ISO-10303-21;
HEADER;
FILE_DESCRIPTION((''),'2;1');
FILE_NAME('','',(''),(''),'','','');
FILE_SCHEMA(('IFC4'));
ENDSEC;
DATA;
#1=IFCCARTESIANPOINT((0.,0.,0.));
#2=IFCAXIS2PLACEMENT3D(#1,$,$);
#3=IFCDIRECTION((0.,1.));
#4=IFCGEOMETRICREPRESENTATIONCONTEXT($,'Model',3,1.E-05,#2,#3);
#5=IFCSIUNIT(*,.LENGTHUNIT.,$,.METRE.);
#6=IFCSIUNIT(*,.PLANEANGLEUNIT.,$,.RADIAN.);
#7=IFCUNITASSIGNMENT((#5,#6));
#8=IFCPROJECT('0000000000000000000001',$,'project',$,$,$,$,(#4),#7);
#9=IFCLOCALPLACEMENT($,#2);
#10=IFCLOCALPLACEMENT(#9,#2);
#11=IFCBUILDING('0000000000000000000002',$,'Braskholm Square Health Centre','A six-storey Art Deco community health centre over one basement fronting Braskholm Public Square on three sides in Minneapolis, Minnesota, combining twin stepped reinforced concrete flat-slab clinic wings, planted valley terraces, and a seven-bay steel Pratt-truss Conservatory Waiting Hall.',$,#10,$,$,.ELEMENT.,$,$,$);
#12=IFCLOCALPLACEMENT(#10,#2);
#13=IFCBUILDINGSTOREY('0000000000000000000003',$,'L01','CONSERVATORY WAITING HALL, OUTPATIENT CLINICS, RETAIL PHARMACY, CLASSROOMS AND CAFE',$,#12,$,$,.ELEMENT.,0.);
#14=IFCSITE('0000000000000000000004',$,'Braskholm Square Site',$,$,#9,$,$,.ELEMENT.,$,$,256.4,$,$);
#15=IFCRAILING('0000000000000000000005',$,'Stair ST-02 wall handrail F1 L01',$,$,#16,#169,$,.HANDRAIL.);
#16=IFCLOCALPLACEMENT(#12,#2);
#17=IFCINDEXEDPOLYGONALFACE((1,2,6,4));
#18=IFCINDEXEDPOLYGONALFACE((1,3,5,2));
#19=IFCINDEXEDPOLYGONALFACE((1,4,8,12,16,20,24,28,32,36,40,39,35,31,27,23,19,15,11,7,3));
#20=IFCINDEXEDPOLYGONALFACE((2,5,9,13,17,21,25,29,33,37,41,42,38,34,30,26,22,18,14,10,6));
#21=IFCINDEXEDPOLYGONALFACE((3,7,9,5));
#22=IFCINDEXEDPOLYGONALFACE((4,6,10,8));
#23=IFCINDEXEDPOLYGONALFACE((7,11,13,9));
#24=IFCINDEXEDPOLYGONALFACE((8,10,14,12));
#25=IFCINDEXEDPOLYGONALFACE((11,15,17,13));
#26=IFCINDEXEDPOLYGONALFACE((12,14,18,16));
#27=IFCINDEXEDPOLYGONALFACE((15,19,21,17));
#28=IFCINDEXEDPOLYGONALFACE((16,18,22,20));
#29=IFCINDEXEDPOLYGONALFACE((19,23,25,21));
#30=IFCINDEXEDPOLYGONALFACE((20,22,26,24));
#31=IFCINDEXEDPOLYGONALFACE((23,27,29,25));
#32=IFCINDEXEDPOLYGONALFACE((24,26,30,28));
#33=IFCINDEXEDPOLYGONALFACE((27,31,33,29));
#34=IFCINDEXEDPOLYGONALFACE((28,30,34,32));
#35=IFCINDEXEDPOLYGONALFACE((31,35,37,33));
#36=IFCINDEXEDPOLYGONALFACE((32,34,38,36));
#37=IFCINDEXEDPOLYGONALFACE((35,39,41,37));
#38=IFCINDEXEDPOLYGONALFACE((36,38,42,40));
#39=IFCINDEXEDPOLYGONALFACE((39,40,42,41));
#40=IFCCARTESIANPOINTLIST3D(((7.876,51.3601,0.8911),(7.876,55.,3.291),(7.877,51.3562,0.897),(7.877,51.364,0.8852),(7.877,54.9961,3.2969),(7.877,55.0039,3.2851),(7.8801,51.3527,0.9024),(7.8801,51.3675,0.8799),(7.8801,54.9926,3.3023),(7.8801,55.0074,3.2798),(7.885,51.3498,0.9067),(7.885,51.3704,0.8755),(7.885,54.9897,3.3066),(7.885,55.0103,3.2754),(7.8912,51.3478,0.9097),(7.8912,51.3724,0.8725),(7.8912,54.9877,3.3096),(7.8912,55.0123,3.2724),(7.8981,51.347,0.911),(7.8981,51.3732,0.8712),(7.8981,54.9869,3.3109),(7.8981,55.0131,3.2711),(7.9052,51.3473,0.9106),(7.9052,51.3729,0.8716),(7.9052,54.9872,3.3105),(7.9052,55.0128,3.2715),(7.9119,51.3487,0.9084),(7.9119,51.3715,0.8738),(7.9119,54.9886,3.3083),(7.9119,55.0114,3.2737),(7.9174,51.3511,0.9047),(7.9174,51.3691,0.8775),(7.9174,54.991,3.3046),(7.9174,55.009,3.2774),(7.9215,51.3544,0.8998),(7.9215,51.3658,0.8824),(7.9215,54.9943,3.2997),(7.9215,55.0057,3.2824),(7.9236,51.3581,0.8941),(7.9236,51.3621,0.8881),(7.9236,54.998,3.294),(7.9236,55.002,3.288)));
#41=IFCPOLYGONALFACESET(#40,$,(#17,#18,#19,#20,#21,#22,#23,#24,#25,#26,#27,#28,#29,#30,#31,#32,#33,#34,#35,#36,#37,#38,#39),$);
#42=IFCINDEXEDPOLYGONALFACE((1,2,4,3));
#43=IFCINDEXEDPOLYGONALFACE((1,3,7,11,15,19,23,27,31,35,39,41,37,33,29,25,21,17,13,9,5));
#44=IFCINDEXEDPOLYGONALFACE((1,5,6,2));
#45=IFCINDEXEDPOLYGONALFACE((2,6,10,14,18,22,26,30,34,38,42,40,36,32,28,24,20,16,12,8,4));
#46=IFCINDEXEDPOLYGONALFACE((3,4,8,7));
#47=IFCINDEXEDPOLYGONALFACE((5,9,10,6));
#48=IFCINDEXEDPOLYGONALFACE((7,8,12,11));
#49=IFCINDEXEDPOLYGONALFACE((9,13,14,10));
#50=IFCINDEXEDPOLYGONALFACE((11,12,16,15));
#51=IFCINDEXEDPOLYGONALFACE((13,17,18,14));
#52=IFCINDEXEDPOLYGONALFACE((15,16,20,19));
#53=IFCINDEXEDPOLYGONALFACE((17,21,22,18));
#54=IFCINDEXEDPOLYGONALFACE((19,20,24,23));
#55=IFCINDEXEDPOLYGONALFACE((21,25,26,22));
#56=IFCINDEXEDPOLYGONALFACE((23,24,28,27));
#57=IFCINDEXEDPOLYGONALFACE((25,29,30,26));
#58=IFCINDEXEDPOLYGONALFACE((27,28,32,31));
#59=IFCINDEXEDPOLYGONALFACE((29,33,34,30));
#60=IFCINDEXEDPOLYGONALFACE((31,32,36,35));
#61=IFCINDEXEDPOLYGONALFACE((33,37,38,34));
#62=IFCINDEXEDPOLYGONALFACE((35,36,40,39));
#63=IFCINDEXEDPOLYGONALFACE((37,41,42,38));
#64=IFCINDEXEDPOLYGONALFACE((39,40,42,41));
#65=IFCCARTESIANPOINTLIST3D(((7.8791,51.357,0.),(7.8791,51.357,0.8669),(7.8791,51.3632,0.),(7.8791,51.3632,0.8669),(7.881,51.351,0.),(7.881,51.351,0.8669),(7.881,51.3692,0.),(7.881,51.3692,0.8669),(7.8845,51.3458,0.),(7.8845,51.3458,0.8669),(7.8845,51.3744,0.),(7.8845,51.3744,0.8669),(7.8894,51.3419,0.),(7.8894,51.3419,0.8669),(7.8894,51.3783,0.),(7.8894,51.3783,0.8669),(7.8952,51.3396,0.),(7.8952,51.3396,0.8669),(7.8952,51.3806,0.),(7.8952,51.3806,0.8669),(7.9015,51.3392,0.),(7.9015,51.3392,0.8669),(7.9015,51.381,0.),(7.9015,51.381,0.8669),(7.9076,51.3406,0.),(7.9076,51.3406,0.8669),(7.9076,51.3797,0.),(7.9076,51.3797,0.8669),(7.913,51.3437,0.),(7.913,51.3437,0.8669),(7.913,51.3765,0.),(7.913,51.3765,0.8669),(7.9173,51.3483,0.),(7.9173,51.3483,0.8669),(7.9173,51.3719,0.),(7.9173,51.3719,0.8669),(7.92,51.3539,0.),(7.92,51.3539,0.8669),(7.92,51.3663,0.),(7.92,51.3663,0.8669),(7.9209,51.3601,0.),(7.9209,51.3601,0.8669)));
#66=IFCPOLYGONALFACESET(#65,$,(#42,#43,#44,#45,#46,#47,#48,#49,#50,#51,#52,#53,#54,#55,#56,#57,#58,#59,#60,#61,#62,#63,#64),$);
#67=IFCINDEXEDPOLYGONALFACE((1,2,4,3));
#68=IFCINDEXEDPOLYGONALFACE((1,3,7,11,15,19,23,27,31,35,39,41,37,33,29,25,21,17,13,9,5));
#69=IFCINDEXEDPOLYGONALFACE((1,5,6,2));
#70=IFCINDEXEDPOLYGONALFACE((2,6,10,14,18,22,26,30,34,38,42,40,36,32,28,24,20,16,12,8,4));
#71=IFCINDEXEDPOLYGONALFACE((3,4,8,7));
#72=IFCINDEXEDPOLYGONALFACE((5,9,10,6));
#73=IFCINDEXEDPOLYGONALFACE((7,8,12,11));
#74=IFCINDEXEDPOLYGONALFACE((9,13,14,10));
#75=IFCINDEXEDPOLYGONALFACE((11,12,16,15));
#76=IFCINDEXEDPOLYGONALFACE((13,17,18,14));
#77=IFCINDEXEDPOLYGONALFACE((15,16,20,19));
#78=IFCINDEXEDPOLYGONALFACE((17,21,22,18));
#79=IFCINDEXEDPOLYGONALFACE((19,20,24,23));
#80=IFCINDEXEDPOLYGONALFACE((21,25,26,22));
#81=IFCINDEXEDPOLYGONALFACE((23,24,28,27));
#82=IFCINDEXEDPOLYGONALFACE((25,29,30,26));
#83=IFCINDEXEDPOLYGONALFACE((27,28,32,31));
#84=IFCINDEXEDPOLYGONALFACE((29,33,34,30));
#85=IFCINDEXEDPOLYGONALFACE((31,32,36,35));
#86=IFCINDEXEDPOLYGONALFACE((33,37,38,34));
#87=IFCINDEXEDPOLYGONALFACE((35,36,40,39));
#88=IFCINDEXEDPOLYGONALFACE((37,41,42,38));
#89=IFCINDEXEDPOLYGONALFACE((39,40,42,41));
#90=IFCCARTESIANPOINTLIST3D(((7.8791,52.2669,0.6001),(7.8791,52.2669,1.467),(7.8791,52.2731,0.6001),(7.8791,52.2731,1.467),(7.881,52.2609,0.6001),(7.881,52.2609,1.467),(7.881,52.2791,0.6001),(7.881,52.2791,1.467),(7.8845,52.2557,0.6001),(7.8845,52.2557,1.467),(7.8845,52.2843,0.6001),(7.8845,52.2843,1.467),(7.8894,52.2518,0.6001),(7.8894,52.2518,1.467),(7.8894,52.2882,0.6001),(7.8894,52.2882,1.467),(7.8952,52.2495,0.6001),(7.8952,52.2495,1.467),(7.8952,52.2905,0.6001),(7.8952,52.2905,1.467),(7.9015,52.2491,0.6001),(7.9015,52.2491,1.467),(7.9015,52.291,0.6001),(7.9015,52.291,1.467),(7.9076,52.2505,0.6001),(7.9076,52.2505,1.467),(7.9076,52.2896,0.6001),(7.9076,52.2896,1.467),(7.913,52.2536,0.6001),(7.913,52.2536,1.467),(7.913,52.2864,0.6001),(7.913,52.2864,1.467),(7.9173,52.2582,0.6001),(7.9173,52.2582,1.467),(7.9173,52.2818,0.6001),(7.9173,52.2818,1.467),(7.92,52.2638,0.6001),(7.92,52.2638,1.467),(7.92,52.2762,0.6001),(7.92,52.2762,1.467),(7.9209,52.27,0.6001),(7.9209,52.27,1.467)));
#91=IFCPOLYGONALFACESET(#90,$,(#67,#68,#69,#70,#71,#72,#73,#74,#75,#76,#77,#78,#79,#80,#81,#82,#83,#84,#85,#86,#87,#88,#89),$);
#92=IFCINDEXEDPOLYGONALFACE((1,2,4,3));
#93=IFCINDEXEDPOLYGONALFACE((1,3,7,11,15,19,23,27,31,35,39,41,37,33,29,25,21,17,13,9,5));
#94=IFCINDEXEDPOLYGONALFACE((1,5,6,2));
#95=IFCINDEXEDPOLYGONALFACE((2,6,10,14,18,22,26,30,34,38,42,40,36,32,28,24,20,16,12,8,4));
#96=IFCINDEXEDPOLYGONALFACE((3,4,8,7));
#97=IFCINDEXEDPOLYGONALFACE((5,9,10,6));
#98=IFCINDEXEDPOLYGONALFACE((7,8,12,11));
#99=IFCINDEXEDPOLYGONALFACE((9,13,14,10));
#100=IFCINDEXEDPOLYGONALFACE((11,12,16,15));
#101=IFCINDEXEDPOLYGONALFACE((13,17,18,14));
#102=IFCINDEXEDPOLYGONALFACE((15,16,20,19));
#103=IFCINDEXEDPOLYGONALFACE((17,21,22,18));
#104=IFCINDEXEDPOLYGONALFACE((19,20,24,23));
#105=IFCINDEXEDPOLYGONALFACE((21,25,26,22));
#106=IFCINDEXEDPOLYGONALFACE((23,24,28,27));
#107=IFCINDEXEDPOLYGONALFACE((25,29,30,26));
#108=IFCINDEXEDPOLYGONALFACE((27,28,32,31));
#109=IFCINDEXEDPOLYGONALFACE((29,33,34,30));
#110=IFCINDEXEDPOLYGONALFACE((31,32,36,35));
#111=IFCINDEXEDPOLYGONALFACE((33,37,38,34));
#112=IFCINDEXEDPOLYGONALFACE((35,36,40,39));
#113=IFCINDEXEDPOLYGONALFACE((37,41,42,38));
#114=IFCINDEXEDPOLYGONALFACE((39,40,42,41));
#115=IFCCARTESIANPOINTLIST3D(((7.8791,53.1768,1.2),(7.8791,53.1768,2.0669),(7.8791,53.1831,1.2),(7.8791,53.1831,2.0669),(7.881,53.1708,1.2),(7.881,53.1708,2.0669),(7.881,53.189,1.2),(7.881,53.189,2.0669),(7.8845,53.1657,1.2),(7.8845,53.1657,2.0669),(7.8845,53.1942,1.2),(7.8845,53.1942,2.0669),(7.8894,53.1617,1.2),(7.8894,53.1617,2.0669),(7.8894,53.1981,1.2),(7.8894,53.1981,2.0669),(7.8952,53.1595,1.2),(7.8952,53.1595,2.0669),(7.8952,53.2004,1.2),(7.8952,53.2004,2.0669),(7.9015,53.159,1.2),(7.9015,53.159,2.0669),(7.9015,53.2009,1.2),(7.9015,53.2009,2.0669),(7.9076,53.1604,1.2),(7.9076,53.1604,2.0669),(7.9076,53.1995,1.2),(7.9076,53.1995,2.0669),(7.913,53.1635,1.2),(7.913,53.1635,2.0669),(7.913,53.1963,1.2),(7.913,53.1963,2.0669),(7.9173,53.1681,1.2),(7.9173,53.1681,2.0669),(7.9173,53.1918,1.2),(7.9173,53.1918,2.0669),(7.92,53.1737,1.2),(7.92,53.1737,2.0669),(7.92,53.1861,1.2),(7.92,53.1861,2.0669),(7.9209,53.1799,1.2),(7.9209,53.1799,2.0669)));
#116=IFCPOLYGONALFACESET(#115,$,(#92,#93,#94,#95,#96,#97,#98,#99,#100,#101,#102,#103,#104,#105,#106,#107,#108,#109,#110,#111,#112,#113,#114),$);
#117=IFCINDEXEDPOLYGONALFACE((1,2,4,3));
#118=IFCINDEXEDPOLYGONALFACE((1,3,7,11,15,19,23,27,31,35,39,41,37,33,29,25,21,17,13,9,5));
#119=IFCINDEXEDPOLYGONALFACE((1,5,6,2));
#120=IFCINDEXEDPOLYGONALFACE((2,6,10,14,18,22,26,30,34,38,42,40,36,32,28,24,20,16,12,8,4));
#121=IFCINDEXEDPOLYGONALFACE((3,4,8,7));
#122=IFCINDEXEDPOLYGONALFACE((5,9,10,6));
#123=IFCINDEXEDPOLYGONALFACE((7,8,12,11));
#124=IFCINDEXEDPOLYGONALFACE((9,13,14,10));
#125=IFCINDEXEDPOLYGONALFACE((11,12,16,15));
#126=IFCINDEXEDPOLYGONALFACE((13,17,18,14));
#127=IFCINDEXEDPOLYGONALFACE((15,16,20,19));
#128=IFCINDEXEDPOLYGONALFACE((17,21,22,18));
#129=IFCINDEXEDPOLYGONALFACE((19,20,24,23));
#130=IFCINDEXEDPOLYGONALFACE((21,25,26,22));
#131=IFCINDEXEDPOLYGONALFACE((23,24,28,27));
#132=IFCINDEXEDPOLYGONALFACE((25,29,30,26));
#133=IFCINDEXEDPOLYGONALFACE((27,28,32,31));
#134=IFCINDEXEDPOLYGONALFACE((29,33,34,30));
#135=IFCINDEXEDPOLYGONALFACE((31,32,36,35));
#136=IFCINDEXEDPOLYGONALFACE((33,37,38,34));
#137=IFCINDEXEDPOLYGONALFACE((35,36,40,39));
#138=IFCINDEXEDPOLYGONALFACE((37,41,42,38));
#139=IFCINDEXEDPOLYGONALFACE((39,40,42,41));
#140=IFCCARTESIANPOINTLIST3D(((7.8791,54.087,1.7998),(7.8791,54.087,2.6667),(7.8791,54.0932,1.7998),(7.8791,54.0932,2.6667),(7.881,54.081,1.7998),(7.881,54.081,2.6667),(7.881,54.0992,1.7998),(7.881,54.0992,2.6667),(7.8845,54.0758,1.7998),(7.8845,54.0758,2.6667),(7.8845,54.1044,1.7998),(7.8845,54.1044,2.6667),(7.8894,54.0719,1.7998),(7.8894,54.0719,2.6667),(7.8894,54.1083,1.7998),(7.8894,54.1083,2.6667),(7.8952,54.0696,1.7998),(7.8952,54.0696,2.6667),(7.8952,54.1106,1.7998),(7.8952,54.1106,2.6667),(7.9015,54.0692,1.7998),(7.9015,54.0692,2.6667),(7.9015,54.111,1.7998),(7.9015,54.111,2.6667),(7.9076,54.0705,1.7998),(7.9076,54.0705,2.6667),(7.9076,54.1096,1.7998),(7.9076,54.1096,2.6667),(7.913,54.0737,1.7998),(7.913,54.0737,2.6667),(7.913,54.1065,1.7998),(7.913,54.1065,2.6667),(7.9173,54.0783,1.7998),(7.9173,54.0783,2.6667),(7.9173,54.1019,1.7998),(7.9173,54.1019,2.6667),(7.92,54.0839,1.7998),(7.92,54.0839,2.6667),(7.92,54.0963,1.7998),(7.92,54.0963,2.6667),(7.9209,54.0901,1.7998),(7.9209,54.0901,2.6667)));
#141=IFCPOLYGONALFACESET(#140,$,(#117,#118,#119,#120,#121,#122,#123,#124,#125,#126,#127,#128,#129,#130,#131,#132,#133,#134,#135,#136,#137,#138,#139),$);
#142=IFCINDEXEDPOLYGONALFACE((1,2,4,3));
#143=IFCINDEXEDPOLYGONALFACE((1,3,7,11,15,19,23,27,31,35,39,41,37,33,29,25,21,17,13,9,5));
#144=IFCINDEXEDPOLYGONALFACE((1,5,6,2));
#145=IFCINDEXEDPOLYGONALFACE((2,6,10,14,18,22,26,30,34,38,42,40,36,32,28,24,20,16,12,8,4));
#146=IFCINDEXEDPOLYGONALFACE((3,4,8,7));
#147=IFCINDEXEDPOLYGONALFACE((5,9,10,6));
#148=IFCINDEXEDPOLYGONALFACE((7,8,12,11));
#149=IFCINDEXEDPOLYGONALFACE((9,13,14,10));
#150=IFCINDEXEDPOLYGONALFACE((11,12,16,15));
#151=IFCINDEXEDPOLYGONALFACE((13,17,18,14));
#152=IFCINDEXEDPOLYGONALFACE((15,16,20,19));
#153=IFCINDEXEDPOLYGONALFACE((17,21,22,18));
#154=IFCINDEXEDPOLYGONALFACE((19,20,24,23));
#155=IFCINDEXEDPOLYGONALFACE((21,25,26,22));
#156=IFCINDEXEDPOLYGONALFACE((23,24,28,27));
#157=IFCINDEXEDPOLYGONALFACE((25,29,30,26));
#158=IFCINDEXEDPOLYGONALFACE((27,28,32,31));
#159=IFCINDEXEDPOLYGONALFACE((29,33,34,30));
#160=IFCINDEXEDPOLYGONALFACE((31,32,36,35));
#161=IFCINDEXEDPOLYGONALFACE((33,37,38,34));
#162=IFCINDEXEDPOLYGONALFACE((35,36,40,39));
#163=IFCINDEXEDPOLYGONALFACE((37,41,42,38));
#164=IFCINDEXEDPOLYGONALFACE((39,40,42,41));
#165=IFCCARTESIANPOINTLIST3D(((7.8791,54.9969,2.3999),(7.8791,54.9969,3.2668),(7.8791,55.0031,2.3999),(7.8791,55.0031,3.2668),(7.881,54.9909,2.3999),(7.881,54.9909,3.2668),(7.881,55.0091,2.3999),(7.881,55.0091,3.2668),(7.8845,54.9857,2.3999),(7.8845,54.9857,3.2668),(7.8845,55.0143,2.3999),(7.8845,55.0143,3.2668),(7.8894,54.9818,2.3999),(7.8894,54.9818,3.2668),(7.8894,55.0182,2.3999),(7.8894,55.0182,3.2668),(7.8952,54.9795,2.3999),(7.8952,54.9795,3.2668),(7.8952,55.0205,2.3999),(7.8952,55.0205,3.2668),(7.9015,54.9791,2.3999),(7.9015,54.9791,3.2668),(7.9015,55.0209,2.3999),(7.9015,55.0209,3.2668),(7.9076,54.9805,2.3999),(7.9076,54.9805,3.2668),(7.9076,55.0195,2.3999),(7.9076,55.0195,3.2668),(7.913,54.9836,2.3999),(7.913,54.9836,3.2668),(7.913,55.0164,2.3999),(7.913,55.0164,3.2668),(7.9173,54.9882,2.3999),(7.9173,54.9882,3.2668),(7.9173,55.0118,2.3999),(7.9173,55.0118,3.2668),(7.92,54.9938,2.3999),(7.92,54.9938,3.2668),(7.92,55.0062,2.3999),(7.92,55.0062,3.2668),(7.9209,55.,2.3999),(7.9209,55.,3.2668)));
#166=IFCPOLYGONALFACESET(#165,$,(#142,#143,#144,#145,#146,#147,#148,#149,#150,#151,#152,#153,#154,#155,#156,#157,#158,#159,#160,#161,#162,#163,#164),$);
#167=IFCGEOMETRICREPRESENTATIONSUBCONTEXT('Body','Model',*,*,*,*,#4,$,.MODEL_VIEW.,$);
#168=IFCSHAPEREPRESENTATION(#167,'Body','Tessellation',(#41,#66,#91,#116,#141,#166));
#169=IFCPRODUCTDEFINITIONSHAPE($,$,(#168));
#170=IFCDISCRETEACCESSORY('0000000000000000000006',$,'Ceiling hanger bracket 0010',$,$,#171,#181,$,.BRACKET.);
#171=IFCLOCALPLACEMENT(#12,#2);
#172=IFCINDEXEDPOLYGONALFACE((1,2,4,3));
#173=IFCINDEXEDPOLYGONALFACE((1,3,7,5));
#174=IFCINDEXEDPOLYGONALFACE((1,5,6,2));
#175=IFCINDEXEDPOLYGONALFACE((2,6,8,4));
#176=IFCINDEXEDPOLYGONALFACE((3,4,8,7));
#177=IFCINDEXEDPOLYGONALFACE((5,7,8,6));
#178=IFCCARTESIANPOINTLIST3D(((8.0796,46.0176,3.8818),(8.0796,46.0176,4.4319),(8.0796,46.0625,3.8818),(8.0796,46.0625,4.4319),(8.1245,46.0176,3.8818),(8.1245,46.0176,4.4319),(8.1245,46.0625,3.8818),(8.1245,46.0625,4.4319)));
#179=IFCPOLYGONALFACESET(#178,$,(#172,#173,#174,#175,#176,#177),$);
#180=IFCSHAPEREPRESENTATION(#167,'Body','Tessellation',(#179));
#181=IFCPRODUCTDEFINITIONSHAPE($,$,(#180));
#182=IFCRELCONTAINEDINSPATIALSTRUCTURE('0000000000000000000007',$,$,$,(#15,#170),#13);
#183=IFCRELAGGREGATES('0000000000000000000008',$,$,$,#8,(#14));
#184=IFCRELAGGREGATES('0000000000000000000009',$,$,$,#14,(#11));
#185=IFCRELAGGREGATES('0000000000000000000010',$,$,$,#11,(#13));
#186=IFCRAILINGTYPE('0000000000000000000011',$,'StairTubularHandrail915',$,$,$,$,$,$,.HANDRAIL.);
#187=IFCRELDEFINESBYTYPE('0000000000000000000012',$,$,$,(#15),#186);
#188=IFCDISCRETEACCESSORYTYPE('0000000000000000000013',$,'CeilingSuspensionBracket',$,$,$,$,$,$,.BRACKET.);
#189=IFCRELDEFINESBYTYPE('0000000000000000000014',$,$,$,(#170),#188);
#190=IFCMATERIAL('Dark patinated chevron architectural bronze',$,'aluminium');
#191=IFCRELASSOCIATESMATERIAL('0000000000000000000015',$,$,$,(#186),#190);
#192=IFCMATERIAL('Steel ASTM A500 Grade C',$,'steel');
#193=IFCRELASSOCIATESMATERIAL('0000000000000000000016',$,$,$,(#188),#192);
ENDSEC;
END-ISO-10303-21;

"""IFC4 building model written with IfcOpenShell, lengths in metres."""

from ifc_helpers import new_model, si_unit, direction, frame, origin, origin_2d, place, context, subcontext, project, spatial, rectangle, circle, extrude, material, type_object, element, save


model = new_model("IFC4")

# Units and contexts
model_context = context("Model", 3, precision=1e-05, world=origin(), true_north=direction((0.0, 1.0)))
body_context = subcontext(model_context, "Body", "Model", "MODEL_VIEW")
ifc_project = project(units=[si_unit("LENGTHUNIT", "METRE"), si_unit("PLANEANGLEUNIT", "RADIAN")], contexts=[model_context])

# Site, building, storey
site_placement = place(None, origin())
site = spatial("IfcSite", under=ifc_project, at=site_placement, Name="Braskholm Square Site", CompositionType="ELEMENT", RefElevation=256.4)
building_placement = place(site_placement, origin())
building = spatial("IfcBuilding", under=site, at=building_placement, Name="Braskholm Square Health Centre", Description="A six-storey Art Deco community health centre over one basement fronting Braskholm Public Square on three sides in Minneapolis, Minnesota, combining twin stepped reinforced concrete flat-slab clinic wings, planted valley terraces, and a seven-bay steel Pratt-truss Conservatory Waiting Hall.", CompositionType="ELEMENT")
storey_placement = place(building_placement, origin())
storey = spatial("IfcBuildingStorey", under=building, at=storey_placement, Name="L01", Description="CONSERVATORY WAITING HALL, OUTPATIENT CLINICS, RETAIL PHARMACY, CLASSROOMS AND CAFE", CompositionType="ELEMENT", Elevation=0.0)

# Railing
ifc_material_1 = material(Name="Dark patinated chevron architectural bronze", Category="aluminium")
railing_type = type_object("IfcRailingType", Name="StairTubularHandrail915", PredefinedType="HANDRAIL", material=ifc_material_1)
railing_placement = place(storey_placement, frame((7.8999, 51.3601, 0.0)))
element("IfcRailing", 1, at=railing_placement, inside=storey, type_object=railing_type, Name="Stair ST-02 wall handrail F1 L01", PredefinedType="HANDRAIL", context=body_context, shape_type="SweptSolid", body=[
    extrude(circle(Radius=0.0239, at=origin_2d()), frame((0.0, 0.0, 0.8911), z_axis=(0.0, 0.834865, 0.550454), x_axis=(-1.0, 0.0, 0.0)), (0.0, 0.0, 1.0), 4.3599),
    extrude(circle(Radius=0.021, at=origin_2d()), origin(), (0.0, 0.0, 1.0), 0.8669),
    extrude(circle(Radius=0.021, at=origin_2d()), frame((0.0, 0.9099, 0.6001)), (0.0, 0.0, 1.0), 0.8669),
    extrude(circle(Radius=0.021, at=origin_2d()), frame((0.0, 1.8198, 1.2)), (0.0, 0.0, 1.0), 0.8669),
    extrude(circle(Radius=0.021, at=origin_2d()), frame((0.0, 2.73, 1.7998)), (0.0, 0.0, 1.0), 0.8669),
    extrude(circle(Radius=0.021, at=origin_2d()), frame((0.0, 3.6399, 2.3999)), (0.0, 0.0, 1.0), 0.8669),
])

# Discrete accessory
ifc_material_2 = material(Name="Steel ASTM A500 Grade C", Category="steel")
discrete_accessory_type = type_object("IfcDiscreteAccessoryType", Name="CeilingSuspensionBracket", PredefinedType="BRACKET", material=ifc_material_2)
discrete_accessory_placement = place(storey_placement, frame((8.1021, 46.04, 3.8818), z_axis=(0.0, 0.0, 1.0), x_axis=(1.0, 0.0, 0.0)))
element("IfcDiscreteAccessory", 2, at=discrete_accessory_placement, inside=storey, type_object=discrete_accessory_type, Name="Ceiling hanger bracket 0010", PredefinedType="BRACKET", context=body_context, shape_type="SweptSolid", body=[
    extrude(rectangle(XDim=0.0449, YDim=0.0449, at=origin_2d()), origin(), (0.0, 0.0, 1.0), 0.55),
])

save(model, "model.ifc")
